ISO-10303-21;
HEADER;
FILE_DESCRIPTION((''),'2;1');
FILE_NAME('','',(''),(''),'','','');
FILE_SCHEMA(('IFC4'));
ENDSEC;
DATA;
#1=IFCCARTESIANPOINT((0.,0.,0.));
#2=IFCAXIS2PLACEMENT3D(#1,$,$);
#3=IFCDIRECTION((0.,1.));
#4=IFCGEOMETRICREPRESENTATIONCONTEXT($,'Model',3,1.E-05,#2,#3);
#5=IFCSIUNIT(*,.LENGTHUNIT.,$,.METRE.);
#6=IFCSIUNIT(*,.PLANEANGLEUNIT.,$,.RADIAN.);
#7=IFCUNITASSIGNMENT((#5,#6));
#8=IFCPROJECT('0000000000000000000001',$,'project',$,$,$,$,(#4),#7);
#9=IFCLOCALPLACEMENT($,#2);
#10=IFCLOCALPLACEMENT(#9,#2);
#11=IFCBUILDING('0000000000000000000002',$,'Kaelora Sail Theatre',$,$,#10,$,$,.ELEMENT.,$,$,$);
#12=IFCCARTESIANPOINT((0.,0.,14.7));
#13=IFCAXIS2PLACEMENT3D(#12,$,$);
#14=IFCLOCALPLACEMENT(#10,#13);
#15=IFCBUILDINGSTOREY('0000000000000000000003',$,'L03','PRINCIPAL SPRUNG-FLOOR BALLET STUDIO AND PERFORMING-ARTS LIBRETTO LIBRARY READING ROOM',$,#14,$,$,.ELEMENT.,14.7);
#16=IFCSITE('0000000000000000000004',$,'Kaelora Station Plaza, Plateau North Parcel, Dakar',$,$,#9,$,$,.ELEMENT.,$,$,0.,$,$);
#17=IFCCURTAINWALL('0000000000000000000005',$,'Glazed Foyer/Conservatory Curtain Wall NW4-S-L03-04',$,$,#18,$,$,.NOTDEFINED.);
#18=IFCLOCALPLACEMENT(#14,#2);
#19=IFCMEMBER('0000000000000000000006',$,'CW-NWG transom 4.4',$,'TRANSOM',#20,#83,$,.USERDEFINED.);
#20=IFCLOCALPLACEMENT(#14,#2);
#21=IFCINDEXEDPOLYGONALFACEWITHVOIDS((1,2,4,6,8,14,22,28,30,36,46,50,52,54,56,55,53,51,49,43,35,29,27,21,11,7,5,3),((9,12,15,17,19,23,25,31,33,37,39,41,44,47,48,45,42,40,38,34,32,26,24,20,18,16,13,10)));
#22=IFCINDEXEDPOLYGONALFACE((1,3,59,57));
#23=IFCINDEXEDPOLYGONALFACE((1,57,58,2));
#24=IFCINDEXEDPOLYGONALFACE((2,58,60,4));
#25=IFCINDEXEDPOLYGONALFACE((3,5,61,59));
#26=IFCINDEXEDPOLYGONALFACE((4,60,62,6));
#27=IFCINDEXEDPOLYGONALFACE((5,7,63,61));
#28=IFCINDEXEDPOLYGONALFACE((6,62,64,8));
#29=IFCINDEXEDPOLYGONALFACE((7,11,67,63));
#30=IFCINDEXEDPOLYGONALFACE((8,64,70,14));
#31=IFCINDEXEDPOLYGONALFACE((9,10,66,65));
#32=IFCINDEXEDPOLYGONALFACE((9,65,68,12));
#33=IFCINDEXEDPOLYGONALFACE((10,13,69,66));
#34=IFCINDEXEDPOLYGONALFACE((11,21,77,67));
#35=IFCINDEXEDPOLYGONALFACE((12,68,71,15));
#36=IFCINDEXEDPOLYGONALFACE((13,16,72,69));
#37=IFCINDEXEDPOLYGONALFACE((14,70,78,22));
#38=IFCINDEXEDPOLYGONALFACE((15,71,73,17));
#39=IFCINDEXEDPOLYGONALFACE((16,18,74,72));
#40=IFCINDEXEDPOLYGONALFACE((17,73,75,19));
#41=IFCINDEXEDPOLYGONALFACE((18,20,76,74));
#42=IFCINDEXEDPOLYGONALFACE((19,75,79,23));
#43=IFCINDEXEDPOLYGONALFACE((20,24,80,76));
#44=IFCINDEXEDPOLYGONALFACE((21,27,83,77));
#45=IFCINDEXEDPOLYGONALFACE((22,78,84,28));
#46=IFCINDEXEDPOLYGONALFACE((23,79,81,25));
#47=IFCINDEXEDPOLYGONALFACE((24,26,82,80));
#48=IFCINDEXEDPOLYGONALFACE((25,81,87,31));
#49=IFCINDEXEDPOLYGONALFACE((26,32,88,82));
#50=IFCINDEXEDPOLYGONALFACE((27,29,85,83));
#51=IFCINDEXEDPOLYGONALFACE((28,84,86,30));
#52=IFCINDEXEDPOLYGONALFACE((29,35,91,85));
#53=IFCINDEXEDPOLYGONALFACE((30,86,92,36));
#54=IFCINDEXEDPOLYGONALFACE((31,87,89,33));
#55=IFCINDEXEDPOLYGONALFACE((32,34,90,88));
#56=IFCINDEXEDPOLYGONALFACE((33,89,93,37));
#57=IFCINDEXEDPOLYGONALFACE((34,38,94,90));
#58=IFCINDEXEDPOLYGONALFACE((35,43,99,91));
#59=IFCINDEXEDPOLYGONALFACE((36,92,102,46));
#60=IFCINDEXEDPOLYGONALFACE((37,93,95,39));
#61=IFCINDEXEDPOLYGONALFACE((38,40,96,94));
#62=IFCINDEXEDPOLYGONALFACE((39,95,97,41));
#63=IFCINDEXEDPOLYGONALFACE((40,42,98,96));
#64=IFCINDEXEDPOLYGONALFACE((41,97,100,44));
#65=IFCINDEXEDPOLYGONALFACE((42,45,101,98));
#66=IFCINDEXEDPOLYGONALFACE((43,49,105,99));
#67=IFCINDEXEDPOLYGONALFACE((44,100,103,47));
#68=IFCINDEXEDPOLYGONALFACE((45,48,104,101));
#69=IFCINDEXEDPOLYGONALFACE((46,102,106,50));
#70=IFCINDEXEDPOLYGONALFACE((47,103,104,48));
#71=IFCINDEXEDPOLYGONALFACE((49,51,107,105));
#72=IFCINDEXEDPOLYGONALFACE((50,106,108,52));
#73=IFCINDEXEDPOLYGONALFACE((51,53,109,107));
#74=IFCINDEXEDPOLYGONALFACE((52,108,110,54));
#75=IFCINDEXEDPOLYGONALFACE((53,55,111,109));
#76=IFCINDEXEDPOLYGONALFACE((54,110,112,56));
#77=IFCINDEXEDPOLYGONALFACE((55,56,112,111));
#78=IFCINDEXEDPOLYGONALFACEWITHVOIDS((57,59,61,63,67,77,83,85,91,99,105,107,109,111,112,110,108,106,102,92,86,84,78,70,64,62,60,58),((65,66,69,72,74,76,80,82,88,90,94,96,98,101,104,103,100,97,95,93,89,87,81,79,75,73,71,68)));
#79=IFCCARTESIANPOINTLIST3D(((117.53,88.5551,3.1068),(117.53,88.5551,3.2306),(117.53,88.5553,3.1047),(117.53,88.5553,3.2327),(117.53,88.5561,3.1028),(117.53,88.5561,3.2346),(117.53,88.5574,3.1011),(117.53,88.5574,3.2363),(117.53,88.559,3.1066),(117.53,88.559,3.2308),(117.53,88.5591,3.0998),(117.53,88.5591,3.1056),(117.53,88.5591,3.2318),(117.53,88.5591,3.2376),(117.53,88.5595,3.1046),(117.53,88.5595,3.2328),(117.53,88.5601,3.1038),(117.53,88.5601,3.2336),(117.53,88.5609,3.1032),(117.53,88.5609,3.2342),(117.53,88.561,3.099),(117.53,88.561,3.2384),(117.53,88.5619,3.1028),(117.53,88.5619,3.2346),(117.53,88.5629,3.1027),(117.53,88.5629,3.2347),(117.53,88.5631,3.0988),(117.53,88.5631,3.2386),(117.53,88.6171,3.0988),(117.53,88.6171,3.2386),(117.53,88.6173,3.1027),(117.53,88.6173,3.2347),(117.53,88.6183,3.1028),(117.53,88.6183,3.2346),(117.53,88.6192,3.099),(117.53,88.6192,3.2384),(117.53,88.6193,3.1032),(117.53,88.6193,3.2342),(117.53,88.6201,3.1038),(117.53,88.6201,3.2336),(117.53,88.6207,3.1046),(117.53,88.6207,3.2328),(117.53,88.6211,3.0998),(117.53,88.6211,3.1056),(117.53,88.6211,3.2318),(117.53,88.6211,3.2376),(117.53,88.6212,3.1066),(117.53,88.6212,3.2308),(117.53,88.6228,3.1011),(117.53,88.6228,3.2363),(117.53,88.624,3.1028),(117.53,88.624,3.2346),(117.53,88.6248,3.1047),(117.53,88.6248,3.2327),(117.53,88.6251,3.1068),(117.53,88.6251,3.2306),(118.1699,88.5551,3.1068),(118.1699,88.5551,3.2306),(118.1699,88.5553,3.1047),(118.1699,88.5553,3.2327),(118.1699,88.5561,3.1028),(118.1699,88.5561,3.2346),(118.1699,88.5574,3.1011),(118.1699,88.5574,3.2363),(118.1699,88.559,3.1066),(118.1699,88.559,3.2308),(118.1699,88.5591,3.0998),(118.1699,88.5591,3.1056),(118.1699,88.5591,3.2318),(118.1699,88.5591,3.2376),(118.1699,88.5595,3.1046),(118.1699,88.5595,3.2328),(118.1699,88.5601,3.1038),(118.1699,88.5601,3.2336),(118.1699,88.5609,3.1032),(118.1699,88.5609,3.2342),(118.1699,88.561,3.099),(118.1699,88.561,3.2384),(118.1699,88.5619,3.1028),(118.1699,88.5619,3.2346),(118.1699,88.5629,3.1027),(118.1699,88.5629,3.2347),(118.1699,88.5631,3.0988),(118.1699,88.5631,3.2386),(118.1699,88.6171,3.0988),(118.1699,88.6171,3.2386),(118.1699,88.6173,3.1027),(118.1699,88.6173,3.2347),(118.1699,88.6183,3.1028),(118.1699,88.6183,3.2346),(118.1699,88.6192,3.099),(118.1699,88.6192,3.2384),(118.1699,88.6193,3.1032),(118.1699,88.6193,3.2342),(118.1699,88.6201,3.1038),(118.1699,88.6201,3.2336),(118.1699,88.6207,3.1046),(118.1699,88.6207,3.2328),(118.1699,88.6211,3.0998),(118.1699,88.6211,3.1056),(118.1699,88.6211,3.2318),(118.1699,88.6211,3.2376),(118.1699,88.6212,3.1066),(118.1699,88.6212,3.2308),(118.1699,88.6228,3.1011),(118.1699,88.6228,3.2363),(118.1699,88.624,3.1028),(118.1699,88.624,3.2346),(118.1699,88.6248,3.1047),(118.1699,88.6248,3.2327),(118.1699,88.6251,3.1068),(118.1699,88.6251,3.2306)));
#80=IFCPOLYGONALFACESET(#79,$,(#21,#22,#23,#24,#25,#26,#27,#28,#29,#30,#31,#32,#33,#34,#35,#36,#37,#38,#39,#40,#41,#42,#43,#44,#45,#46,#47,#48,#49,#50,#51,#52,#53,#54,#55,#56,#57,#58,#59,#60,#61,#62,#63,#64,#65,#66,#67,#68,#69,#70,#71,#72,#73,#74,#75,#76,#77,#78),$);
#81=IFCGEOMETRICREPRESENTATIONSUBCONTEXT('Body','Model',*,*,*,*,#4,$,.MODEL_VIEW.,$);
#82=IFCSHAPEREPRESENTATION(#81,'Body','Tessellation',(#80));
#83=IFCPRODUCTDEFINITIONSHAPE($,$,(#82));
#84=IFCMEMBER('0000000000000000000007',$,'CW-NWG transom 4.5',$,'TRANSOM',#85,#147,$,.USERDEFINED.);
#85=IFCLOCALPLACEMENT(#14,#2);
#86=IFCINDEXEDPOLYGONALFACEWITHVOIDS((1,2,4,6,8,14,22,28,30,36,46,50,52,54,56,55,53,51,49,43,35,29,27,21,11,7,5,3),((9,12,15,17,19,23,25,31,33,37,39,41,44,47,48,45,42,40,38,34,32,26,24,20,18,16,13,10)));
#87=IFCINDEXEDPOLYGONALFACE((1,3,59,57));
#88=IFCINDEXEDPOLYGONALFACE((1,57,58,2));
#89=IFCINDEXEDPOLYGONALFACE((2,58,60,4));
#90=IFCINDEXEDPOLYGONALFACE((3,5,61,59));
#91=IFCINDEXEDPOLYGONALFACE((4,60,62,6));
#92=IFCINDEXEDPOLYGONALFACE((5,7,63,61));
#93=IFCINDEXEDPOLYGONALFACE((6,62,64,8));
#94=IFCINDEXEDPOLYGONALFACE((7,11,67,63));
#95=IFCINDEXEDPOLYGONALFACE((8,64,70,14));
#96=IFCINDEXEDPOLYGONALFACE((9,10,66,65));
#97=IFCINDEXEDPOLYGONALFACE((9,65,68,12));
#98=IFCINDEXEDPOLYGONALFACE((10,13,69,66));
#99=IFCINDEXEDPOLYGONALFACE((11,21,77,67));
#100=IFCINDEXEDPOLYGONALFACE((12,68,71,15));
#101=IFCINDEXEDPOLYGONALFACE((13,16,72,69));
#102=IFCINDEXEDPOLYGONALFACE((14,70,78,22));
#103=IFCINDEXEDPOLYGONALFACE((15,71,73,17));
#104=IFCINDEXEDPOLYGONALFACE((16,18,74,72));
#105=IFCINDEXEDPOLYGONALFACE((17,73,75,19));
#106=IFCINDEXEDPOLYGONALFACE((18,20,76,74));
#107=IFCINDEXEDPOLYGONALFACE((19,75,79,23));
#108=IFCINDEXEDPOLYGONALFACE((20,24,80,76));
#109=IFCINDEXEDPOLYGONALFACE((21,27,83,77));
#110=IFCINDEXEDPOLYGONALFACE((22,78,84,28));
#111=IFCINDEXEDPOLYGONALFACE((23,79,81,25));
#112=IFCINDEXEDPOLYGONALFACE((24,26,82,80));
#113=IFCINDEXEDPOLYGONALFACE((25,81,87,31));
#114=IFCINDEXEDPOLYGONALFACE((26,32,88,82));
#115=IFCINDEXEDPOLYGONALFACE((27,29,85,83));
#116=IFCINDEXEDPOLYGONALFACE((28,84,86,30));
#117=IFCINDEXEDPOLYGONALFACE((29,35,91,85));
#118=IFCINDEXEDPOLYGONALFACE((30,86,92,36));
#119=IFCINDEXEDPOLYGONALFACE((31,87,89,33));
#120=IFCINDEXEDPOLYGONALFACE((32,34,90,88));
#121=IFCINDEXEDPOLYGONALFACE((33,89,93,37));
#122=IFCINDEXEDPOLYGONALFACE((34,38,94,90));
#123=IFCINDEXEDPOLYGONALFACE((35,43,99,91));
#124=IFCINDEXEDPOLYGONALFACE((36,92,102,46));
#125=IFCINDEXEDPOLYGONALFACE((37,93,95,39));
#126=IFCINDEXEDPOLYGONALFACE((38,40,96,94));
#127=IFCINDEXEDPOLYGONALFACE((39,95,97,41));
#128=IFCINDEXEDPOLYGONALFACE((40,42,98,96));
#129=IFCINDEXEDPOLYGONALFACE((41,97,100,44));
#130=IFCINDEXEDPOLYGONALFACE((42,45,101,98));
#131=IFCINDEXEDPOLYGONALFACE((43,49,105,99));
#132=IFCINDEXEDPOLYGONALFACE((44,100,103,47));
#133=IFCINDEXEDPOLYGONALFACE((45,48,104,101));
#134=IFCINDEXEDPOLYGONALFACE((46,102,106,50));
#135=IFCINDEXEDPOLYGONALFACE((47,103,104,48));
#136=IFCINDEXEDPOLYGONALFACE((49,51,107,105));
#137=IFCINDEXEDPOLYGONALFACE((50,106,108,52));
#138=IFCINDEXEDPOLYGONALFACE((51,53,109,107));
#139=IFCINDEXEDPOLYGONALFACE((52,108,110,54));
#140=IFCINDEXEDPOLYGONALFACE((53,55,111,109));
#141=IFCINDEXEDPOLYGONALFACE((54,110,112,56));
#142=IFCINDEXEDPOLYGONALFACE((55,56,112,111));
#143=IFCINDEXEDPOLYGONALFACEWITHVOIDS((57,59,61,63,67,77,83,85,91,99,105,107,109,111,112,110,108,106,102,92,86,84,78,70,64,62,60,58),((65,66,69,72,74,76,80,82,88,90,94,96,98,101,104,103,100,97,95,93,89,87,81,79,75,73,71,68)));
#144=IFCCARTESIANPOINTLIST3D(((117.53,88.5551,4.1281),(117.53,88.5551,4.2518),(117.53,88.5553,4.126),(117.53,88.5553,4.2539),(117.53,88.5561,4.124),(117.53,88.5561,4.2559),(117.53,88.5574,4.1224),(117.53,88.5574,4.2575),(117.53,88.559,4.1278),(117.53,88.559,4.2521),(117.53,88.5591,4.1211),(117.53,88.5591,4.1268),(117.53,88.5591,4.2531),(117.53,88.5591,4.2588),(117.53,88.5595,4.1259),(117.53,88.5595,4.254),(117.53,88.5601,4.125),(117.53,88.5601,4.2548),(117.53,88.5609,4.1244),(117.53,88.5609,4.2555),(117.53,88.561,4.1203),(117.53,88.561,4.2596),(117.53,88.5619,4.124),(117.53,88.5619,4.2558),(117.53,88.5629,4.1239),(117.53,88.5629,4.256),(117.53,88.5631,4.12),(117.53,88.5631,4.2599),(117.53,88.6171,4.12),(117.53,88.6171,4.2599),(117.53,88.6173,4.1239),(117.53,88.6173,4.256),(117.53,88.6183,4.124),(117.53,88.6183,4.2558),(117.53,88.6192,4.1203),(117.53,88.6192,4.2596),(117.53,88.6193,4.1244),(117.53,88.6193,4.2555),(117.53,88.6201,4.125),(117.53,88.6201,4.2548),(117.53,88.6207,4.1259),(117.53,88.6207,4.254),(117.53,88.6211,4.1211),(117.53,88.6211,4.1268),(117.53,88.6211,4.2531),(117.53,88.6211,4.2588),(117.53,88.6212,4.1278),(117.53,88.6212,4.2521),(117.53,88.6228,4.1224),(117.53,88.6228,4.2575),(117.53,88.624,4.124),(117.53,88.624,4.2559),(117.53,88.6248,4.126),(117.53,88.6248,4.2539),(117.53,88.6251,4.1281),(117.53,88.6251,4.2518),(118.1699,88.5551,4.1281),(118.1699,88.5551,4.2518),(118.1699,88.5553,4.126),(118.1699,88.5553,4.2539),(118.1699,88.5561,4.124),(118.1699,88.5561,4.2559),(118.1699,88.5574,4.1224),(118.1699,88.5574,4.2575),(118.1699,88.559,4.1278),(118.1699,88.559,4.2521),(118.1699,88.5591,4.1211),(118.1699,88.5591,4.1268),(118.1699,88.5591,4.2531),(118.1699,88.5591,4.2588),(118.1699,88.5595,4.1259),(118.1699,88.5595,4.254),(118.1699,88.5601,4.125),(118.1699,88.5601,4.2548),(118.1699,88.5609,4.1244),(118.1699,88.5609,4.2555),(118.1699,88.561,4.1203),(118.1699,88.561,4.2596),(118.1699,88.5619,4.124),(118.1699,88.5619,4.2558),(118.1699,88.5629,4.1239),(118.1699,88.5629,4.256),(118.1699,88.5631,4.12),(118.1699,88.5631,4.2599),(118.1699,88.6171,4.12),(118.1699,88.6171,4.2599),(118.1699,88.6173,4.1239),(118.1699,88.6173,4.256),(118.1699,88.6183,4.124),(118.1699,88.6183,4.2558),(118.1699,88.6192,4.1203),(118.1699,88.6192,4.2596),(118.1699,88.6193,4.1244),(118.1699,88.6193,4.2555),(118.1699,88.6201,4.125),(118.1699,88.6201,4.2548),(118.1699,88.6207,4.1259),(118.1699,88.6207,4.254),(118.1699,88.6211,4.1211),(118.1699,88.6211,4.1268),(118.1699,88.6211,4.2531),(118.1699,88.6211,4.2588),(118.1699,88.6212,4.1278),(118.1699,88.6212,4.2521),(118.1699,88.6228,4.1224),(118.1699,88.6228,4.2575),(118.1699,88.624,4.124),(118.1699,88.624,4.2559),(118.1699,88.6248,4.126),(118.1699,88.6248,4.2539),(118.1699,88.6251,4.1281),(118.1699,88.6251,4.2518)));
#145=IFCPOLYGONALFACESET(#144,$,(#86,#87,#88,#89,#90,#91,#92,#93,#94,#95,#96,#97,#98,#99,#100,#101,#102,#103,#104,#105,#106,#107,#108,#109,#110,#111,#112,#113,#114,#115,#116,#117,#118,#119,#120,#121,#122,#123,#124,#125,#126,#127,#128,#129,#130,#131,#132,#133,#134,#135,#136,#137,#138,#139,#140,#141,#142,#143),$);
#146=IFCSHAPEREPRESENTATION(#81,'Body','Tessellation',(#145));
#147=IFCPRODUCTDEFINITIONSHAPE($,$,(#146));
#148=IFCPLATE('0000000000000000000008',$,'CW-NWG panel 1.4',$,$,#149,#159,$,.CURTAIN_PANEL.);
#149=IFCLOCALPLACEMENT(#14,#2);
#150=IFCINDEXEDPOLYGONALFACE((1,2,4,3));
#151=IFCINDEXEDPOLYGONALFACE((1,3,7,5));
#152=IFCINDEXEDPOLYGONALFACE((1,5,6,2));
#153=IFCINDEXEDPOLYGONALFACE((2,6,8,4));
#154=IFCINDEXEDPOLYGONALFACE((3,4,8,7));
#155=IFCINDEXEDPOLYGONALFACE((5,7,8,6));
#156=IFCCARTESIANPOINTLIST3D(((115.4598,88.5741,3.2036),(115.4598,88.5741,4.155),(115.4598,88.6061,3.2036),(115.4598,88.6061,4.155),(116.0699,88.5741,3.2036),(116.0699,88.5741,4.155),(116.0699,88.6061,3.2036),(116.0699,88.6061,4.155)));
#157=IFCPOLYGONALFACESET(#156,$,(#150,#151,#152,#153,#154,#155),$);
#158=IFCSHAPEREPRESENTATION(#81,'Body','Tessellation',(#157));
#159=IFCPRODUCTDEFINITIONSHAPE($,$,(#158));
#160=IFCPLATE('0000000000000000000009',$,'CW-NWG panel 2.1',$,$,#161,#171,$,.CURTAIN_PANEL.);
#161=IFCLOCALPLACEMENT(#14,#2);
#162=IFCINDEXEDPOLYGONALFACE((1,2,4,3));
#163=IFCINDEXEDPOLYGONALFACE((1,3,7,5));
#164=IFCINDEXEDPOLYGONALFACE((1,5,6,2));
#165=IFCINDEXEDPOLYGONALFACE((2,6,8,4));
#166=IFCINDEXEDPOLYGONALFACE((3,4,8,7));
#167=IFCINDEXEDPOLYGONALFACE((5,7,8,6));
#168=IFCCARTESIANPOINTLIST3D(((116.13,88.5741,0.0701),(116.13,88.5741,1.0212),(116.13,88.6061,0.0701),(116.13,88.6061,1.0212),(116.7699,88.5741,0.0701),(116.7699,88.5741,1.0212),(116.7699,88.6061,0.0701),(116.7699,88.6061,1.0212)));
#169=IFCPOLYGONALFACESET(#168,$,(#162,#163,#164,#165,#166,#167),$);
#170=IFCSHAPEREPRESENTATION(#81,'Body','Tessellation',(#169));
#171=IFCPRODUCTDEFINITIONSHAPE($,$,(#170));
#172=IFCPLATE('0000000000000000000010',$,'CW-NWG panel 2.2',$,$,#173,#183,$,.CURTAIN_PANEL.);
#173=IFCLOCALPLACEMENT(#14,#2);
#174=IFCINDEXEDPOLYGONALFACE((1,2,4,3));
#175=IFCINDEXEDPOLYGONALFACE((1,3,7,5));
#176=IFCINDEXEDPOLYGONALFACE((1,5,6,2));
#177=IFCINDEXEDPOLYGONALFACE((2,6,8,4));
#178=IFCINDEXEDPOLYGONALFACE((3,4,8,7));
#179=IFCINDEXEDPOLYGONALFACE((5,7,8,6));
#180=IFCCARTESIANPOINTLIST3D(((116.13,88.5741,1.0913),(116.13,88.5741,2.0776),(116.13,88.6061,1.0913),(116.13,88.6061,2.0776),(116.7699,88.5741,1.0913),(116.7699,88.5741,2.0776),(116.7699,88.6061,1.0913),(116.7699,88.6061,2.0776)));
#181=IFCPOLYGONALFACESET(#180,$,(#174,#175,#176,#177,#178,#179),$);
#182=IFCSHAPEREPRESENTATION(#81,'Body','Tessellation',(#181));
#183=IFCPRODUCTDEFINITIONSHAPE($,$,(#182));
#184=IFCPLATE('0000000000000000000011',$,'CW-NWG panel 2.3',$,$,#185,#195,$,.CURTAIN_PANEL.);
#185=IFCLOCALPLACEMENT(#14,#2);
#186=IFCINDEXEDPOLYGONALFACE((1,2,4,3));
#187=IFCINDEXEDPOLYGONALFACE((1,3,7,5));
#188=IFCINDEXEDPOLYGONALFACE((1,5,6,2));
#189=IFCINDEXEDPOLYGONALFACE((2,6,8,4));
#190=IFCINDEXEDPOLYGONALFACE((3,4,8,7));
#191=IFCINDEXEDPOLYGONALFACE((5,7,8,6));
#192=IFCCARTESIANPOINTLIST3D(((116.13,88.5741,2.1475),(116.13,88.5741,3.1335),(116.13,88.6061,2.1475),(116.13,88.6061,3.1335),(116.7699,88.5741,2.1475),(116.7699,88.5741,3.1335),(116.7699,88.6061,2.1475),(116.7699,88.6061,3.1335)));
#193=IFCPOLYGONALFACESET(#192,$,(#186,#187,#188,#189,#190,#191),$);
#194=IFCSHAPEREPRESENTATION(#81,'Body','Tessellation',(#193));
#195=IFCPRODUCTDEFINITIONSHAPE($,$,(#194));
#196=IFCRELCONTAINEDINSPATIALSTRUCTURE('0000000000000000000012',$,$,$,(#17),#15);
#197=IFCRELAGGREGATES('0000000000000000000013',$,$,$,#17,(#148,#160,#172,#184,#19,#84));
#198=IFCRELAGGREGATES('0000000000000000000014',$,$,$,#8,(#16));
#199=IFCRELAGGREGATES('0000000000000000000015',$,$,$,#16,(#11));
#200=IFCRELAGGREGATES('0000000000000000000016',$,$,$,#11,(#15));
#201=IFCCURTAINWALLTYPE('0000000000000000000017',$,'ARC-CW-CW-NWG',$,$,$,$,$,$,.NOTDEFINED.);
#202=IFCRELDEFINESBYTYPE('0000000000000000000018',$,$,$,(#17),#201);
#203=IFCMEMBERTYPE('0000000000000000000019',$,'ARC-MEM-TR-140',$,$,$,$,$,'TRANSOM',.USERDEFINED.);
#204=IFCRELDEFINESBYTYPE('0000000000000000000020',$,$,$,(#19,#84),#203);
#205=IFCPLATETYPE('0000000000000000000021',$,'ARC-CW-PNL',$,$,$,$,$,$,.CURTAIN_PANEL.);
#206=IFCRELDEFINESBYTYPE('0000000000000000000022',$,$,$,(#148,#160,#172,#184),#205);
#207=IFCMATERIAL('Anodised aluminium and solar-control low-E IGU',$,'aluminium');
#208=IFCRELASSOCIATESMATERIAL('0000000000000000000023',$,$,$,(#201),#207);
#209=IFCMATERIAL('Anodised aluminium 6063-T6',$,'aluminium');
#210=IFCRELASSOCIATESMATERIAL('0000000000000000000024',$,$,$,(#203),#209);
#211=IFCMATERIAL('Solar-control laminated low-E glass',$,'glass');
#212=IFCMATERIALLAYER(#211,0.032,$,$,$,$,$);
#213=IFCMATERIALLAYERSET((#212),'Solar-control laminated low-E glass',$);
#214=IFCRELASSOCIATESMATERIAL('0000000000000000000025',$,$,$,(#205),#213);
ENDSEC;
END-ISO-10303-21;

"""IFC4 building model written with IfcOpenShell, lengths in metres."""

from ifc_helpers import new_model, si_unit, direction, frame, origin, origin_2d, place, context, subcontext, project, spatial, rectangle, hollow_rectangle, extrude, material, layer, layer_set, material_profile, profile_set, type_object, element, aggregate, save


model = new_model("IFC4")

# Units and contexts
model_context = context("Model", 3, precision=1e-05, world=origin(), true_north=direction((0.0, 1.0)))
body_context = subcontext(model_context, "Body", "Model", "MODEL_VIEW")
ifc_project = project(units=[si_unit("LENGTHUNIT", "METRE"), si_unit("PLANEANGLEUNIT", "RADIAN")], contexts=[model_context])

# Site, building, storey
site_placement = place(None, origin())
site = spatial("IfcSite", under=ifc_project, at=site_placement, Name="Kaelora Station Plaza, Plateau North Parcel, Dakar", CompositionType="ELEMENT", RefElevation=0.0)
building_placement = place(site_placement, origin())
building = spatial("IfcBuilding", under=site, at=building_placement, Name="Kaelora Sail Theatre", CompositionType="ELEMENT")
storey_placement = place(building_placement, frame((0.0, 0.0, 14.7)))
storey = spatial("IfcBuildingStorey", under=building, at=storey_placement, Name="L03", Description="PRINCIPAL SPRUNG-FLOOR BALLET STUDIO AND PERFORMING-ARTS LIBRETTO LIBRARY READING ROOM", CompositionType="ELEMENT", Elevation=14.7)

# Curtain wall, members, plates
ifc_material_1 = material(Name="Anodised aluminium and solar-control low-E IGU", Category="aluminium")
curtain_wall_type = type_object("IfcCurtainWallType", Name="ARC-CW-CW-NWG", PredefinedType="NOTDEFINED", material=ifc_material_1)
curtain_wall_placement = place(storey_placement, origin())
curtain_wall = element("IfcCurtainWall", 1, at=curtain_wall_placement, inside=storey, type_object=curtain_wall_type, Name="Glazed Foyer/Conservatory Curtain Wall NW4-S-L03-04", PredefinedType="NOTDEFINED")
ifc_material_2 = material(Name="Anodised aluminium 6063-T6", Category="aluminium")
ifc_material_profile_1 = material_profile(ifc_material_2, hollow_rectangle(XDim=0.0701, YDim=0.1399, WallThickness=0.0039, InnerFilletRadius=0.0039, OuterFilletRadius=0.0081, at=origin_2d()), Name="ALU-TRAN 70x140x4")
ifc_profile_set_1 = profile_set([ifc_material_profile_1], Name="Anodised aluminium 6063-T6")
member_type_1 = type_object("IfcMemberType", Name="ARC-MEM-TR-140", ElementType="TRANSOM", PredefinedType="USERDEFINED", material=ifc_profile_set_1)
member_1_placement = place(storey_placement, frame((117.53, 88.5901, 3.1687), z_axis=(1.0, 0.0, 0.0), x_axis=(0.0, 1.0, 0.0)))
member_1 = element("IfcMember", 2, at=member_1_placement, type_object=member_type_1, Name="CW-NWG transom 4.4", ObjectType="TRANSOM", PredefinedType="USERDEFINED", context=body_context, shape_type="SweptSolid", body=[
    extrude(hollow_rectangle(XDim=0.0701, YDim=0.1399, WallThickness=0.0039, InnerFilletRadius=0.0039, OuterFilletRadius=0.0081, at=origin_2d()), origin(), (0.0, 0.0, 1.0), 0.6399),
])
member_2_placement = place(storey_placement, frame((117.53, 88.5901, 4.1899), z_axis=(1.0, 0.0, 0.0), x_axis=(0.0, 1.0, 0.0)))
member_2 = element("IfcMember", 3, at=member_2_placement, type_object=member_type_1, Name="CW-NWG transom 4.5", ObjectType="TRANSOM", PredefinedType="USERDEFINED", context=body_context, shape_type="SweptSolid", body=[
    extrude(hollow_rectangle(XDim=0.0701, YDim=0.1399, WallThickness=0.0039, InnerFilletRadius=0.0039, OuterFilletRadius=0.0081, at=origin_2d()), origin(), (0.0, 0.0, 1.0), 0.6399),
])
ifc_material_3 = material(Name="Solar-control laminated low-E glass", Category="glass")
ifc_layer = layer(ifc_material_3, 0.032)
ifc_layer_set = layer_set([ifc_layer], Name="Solar-control laminated low-E glass")
plate_type = type_object("IfcPlateType", Name="ARC-CW-PNL", PredefinedType="CURTAIN_PANEL", material=ifc_layer_set)
plate_1_placement = place(storey_placement, frame((115.7649, 88.5901, 3.2036), z_axis=(0.0, 0.0, 1.0), x_axis=(1.0, 0.0, 0.0)))
plate_1 = element("IfcPlate", 4, at=plate_1_placement, type_object=plate_type, Name="CW-NWG panel 1.4", PredefinedType="CURTAIN_PANEL", context=body_context, shape_type="SweptSolid", body=[
    extrude(rectangle(XDim=0.6101, YDim=0.032, at=origin_2d()), origin(), (0.0, 0.0, 1.0), 0.9514),
])
plate_2_placement = place(storey_placement, frame((116.45, 88.5901, 0.0701), z_axis=(0.0, 0.0, 1.0), x_axis=(1.0, 0.0, 0.0)))
plate_2 = element("IfcPlate", 5, at=plate_2_placement, type_object=plate_type, Name="CW-NWG panel 2.1", PredefinedType="CURTAIN_PANEL", context=body_context, shape_type="SweptSolid", body=[
    extrude(rectangle(XDim=0.6399, YDim=0.032, at=origin_2d()), origin(), (0.0, 0.0, 1.0), 0.9512),
])
plate_3_placement = place(storey_placement, frame((116.45, 88.5901, 1.0913), z_axis=(0.0, 0.0, 1.0), x_axis=(1.0, 0.0, 0.0)))
plate_3 = element("IfcPlate", 6, at=plate_3_placement, type_object=plate_type, Name="CW-NWG panel 2.2", PredefinedType="CURTAIN_PANEL", context=body_context, shape_type="SweptSolid", body=[
    extrude(rectangle(XDim=0.6399, YDim=0.032, at=origin_2d()), origin(), (0.0, 0.0, 1.0), 0.9863),
])
plate_4_placement = place(storey_placement, frame((116.45, 88.5901, 2.1475), z_axis=(0.0, 0.0, 1.0), x_axis=(1.0, 0.0, 0.0)))
plate_4 = element("IfcPlate", 7, at=plate_4_placement, type_object=plate_type, Name="CW-NWG panel 2.3", PredefinedType="CURTAIN_PANEL", context=body_context, shape_type="SweptSolid", body=[
    extrude(rectangle(XDim=0.6399, YDim=0.032, at=origin_2d()), origin(), (0.0, 0.0, 1.0), 0.9861),
])
aggregate(curtain_wall, [plate_1, plate_2, plate_3, plate_4, member_1, member_2])

save(model, "model.ifc")
